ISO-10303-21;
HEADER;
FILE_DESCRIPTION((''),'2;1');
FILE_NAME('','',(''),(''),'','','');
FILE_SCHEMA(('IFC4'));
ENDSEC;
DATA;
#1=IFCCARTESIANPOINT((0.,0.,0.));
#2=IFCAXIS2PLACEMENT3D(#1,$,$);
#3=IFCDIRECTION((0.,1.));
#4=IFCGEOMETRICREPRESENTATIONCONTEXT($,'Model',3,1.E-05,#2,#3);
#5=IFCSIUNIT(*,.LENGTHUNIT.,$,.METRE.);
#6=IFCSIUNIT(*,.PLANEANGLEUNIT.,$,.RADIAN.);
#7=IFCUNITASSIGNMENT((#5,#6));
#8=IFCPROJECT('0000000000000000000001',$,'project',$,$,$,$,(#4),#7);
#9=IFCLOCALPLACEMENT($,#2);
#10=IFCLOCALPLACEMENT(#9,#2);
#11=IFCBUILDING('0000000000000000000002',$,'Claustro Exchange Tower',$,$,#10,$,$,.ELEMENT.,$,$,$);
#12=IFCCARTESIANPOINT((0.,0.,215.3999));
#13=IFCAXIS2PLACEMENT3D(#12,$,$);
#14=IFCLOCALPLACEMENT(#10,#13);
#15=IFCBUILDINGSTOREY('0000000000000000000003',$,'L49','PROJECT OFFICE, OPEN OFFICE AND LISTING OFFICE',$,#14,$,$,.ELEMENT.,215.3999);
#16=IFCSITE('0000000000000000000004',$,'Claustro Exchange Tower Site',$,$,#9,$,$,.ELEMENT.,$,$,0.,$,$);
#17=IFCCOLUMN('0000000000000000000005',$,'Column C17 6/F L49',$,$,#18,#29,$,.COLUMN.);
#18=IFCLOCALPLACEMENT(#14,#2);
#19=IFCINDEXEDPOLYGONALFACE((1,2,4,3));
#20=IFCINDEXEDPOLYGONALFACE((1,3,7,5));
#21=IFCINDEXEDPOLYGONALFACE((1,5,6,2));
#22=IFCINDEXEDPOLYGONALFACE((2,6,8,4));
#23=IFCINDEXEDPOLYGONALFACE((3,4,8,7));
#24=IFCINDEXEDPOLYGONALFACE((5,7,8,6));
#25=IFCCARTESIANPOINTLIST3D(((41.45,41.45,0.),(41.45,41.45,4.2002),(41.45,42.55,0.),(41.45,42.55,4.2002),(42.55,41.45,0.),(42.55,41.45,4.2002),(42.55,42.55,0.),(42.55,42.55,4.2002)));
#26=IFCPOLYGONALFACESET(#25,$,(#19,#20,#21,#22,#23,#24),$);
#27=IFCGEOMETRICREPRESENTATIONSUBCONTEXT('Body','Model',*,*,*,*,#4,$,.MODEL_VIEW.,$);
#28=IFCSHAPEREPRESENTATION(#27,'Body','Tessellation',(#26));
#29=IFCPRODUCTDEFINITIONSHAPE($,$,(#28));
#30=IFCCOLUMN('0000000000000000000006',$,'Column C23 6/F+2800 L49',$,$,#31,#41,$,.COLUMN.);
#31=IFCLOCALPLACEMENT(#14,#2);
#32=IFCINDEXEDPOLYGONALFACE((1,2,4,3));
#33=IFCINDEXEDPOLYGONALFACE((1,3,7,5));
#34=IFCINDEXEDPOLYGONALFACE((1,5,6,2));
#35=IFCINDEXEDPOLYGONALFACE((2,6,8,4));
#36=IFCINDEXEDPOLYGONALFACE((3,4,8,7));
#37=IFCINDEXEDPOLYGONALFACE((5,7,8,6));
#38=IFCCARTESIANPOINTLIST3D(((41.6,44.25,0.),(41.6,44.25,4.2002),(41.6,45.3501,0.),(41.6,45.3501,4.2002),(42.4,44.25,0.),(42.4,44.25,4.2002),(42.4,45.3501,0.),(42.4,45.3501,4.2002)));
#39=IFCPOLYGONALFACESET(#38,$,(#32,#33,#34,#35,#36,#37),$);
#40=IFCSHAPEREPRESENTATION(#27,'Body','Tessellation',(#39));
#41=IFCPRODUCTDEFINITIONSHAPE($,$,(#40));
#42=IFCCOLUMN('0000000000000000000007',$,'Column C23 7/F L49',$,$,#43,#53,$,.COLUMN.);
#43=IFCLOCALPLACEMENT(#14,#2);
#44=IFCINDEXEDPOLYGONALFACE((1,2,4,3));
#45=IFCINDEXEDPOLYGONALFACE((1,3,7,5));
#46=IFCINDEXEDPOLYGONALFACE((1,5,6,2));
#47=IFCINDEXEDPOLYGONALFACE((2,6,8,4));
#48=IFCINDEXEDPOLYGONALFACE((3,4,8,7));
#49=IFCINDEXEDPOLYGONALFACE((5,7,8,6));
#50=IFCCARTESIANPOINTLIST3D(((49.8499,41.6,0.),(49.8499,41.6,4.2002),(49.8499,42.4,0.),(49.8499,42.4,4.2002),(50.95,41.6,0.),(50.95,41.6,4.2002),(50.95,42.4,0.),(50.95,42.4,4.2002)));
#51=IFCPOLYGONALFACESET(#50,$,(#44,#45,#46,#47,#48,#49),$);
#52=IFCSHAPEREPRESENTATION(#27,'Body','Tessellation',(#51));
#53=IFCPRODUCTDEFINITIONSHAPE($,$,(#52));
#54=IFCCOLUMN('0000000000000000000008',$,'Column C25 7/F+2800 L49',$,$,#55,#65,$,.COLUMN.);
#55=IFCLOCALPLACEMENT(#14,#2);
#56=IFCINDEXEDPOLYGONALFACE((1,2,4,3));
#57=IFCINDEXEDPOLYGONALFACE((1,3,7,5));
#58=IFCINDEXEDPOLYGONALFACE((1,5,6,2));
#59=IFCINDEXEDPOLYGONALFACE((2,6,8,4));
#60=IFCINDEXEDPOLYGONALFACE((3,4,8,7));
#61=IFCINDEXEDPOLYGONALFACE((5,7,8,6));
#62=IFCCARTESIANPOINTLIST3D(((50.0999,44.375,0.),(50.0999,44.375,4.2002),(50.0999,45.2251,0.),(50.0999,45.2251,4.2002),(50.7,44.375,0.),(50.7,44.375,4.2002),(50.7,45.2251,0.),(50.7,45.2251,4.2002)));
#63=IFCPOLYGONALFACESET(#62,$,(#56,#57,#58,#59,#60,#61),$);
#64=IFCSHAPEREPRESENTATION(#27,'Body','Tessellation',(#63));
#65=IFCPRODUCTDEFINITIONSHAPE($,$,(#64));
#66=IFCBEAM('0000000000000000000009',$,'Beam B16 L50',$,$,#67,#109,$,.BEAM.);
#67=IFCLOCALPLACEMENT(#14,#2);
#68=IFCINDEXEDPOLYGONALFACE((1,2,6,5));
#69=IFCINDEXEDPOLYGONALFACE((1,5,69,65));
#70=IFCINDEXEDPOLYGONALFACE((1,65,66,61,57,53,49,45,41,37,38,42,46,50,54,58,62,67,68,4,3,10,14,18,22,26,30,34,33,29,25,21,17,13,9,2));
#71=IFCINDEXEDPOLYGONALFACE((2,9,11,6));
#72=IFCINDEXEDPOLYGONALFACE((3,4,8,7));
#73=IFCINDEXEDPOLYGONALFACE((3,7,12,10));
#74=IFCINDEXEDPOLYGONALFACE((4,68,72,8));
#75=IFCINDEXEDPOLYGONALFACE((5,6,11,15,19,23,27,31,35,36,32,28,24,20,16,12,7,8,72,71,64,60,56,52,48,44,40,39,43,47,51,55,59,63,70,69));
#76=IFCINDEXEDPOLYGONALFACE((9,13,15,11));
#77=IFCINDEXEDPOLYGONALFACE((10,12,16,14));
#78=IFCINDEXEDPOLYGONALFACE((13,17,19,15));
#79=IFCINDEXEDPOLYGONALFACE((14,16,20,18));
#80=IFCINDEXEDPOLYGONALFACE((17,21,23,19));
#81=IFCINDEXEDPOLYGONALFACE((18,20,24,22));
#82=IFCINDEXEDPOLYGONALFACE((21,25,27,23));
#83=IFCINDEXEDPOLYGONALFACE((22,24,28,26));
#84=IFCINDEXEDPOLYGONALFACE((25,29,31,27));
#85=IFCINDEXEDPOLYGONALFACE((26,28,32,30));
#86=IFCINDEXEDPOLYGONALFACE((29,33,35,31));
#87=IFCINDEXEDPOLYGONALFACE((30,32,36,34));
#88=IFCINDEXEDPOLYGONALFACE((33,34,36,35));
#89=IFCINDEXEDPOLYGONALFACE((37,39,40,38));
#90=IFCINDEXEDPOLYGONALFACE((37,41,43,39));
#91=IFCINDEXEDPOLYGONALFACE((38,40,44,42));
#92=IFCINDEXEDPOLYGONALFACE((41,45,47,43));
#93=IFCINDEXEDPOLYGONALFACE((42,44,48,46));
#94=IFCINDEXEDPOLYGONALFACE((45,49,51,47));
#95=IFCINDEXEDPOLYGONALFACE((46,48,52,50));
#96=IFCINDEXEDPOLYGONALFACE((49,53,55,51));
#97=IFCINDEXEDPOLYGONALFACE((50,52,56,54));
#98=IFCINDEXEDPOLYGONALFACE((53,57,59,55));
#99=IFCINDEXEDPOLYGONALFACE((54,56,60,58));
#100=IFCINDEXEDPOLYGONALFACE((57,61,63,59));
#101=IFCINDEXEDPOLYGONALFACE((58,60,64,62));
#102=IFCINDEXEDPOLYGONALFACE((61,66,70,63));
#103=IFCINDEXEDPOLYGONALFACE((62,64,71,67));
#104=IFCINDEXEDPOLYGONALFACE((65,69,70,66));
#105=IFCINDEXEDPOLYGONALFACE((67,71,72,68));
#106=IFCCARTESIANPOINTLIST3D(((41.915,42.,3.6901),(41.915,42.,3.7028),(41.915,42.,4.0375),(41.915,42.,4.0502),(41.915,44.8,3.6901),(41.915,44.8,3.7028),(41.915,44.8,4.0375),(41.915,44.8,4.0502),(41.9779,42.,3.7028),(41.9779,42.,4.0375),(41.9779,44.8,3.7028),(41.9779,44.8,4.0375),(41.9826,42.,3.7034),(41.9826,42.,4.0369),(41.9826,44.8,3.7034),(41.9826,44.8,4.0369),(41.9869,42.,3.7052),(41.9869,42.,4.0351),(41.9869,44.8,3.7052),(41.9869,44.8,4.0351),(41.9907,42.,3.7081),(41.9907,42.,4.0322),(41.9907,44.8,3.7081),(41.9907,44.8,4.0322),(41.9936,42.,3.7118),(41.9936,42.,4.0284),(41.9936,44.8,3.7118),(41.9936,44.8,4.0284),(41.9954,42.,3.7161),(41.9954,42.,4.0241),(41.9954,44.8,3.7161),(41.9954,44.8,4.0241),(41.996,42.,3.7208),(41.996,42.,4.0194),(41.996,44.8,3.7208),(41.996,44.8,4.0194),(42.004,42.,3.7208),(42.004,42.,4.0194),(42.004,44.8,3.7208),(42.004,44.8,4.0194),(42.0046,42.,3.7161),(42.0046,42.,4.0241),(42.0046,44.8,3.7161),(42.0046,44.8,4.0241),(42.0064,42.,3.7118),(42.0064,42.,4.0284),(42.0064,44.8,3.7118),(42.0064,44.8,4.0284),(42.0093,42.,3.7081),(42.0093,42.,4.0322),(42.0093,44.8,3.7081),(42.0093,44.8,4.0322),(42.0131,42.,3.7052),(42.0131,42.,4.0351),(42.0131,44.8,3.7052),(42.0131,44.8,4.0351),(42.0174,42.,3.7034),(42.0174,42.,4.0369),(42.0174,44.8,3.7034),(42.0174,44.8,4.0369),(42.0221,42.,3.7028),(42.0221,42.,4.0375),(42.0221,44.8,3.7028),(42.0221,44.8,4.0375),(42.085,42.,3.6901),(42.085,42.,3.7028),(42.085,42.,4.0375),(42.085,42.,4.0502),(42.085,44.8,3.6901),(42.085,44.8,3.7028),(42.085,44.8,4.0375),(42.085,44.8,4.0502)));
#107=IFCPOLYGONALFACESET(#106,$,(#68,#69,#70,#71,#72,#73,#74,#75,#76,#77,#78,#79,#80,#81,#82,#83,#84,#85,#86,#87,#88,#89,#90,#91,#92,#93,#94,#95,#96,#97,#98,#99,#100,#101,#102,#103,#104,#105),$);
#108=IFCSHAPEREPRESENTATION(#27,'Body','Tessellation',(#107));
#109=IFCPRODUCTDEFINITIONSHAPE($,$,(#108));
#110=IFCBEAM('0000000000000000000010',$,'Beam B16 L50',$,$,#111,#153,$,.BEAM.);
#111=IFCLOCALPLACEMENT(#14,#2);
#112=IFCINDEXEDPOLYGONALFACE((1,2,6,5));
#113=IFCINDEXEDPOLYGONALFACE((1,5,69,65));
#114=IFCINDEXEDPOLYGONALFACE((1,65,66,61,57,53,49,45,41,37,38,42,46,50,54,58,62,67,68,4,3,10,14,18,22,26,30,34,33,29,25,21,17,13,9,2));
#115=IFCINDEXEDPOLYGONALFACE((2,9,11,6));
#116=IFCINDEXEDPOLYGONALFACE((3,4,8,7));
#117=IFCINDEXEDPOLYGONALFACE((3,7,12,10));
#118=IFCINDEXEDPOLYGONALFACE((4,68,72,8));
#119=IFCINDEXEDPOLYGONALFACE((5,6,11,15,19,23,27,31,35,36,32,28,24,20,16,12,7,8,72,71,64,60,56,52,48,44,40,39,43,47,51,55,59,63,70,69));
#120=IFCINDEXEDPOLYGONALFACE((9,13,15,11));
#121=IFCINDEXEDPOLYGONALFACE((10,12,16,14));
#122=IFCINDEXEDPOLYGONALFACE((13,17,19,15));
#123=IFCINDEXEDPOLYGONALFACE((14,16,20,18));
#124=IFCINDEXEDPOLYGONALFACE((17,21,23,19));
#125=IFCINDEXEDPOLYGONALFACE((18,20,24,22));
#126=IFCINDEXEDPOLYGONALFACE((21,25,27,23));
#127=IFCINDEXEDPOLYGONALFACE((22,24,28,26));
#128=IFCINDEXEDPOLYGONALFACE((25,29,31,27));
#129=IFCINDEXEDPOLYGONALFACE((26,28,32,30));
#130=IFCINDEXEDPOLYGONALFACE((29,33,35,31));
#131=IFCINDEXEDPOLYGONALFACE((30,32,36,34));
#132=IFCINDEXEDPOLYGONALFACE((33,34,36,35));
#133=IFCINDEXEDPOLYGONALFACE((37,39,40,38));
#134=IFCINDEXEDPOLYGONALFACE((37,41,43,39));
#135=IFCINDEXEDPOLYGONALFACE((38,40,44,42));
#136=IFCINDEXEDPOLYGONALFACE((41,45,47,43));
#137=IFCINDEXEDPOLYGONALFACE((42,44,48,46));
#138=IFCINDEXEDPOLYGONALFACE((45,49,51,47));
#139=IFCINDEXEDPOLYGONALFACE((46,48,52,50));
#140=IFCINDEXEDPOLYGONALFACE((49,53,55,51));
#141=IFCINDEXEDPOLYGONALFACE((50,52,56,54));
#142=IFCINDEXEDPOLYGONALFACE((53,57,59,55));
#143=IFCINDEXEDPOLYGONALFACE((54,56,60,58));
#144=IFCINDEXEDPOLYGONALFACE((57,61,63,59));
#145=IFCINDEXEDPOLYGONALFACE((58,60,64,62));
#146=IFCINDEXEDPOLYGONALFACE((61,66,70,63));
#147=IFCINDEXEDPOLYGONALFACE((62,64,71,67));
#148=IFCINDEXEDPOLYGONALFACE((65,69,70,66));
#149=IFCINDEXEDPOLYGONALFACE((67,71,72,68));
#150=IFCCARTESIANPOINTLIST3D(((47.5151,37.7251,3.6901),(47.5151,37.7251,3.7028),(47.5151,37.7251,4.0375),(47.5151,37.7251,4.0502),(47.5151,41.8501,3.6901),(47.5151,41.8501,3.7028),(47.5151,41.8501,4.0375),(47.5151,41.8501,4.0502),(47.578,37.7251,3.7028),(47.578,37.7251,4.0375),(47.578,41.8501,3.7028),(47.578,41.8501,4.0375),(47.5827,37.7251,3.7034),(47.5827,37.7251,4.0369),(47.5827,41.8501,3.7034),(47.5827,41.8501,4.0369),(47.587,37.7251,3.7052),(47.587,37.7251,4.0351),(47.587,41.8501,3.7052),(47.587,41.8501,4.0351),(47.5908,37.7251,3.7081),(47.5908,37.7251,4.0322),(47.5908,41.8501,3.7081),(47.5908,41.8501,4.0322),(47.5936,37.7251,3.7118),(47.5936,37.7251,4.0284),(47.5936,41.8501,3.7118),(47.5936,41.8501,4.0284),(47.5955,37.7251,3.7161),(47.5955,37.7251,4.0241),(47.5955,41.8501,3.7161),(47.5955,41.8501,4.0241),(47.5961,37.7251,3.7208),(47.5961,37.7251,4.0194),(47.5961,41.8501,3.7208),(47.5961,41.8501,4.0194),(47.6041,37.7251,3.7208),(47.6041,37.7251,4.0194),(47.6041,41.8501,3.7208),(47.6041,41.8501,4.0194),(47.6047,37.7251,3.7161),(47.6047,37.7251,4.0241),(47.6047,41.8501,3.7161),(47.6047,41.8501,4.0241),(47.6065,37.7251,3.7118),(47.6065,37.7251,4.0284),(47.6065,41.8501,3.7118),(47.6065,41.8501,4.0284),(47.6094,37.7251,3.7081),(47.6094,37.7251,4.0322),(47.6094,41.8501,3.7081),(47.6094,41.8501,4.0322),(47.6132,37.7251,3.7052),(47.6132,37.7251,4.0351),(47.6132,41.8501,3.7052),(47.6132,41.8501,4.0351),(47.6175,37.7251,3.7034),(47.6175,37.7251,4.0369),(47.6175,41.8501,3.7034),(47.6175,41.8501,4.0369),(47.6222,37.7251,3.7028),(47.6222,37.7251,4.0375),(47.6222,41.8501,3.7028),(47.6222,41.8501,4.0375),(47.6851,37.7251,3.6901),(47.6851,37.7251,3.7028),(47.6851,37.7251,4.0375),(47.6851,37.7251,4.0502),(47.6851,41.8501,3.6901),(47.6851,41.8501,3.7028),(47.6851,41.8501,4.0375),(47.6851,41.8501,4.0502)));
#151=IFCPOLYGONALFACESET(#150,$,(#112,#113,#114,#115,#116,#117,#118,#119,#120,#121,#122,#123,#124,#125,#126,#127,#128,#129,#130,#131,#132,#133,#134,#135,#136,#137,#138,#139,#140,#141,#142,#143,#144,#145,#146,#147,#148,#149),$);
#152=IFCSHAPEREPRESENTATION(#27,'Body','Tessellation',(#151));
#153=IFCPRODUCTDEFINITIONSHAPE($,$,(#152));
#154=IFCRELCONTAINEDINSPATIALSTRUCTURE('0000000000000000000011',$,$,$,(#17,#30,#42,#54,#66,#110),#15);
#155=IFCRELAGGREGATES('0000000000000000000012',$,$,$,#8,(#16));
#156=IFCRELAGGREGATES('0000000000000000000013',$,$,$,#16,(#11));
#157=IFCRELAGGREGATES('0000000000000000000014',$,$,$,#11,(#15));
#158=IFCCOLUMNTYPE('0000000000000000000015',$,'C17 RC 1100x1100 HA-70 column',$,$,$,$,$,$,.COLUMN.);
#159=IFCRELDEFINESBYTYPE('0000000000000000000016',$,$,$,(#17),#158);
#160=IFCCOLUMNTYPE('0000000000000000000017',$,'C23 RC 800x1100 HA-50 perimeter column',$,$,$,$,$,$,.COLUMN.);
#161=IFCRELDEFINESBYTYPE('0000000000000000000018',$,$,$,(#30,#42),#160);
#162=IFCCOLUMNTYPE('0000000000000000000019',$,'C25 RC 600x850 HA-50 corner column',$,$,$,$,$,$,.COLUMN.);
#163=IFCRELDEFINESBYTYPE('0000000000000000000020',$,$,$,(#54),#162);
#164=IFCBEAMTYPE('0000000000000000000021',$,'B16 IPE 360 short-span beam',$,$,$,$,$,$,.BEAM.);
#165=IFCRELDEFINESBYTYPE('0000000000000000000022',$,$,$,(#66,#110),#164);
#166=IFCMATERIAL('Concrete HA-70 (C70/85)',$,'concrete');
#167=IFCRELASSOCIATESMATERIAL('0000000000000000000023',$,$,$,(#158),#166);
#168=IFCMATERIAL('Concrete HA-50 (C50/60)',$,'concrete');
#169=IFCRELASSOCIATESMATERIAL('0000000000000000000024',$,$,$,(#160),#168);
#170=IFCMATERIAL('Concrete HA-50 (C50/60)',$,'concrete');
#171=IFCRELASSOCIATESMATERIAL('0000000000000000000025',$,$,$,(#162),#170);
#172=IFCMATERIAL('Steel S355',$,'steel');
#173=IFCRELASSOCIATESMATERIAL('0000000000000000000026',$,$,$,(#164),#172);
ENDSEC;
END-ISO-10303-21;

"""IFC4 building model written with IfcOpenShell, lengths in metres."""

from ifc_helpers import new_model, si_unit, direction, frame, origin, origin_2d, place, context, subcontext, project, spatial, rectangle, i_section, extrude, material, material_profile, profile_set, type_object, element, save


model = new_model("IFC4")

# Units and contexts
model_context = context("Model", 3, precision=1e-05, world=origin(), true_north=direction((0.0, 1.0)))
body_context = subcontext(model_context, "Body", "Model", "MODEL_VIEW")
ifc_project = project(units=[si_unit("LENGTHUNIT", "METRE"), si_unit("PLANEANGLEUNIT", "RADIAN")], contexts=[model_context])

# Site, building, storey
site_placement = place(None, origin())
site = spatial("IfcSite", under=ifc_project, at=site_placement, Name="Claustro Exchange Tower Site", CompositionType="ELEMENT", RefElevation=0.0)
building_placement = place(site_placement, origin())
building = spatial("IfcBuilding", under=site, at=building_placement, Name="Claustro Exchange Tower", CompositionType="ELEMENT")
storey_placement = place(building_placement, frame((0.0, 0.0, 215.3999)))
storey = spatial("IfcBuildingStorey", under=building, at=storey_placement, Name="L49", Description="PROJECT OFFICE, OPEN OFFICE AND LISTING OFFICE", CompositionType="ELEMENT", Elevation=215.3999)

# Columns
ifc_material_1 = material(Name="Concrete HA-70 (C70/85)", Category="concrete")
ifc_material_profile_1 = material_profile(ifc_material_1, rectangle(XDim=1.1001, YDim=1.1001, at=origin_2d()), Name="RC 1100x1100")
ifc_profile_set_1 = profile_set([ifc_material_profile_1], Name="Concrete HA-70 (C70/85)")
column_type_1 = type_object("IfcColumnType", Name="C17 RC 1100x1100 HA-70 column", PredefinedType="COLUMN", material=ifc_profile_set_1)
column_1_placement = place(storey_placement, frame((42.0, 42.0, 0.0), z_axis=(0.0, 0.0, 1.0), x_axis=(1.0, 0.0, 0.0)))
element("IfcColumn", 1, at=column_1_placement, inside=storey, type_object=column_type_1, Name="Column C17 6/F L49", PredefinedType="COLUMN", context=body_context, shape_type="SweptSolid", body=[
    extrude(rectangle(XDim=1.1001, YDim=1.1001, at=origin_2d()), origin(), (0.0, 0.0, 1.0), 4.2002),
])
ifc_material_2 = material(Name="Concrete HA-50 (C50/60)", Category="concrete")
ifc_material_profile_2 = material_profile(ifc_material_2, rectangle(XDim=0.8, YDim=1.1001, at=origin_2d()), Name="RC 800x1100")
ifc_profile_set_2 = profile_set([ifc_material_profile_2], Name="Concrete HA-50 (C50/60)")
column_type_2 = type_object("IfcColumnType", Name="C23 RC 800x1100 HA-50 perimeter column", PredefinedType="COLUMN", material=ifc_profile_set_2)
for number, where, z_axis, x_axis, name in (
    (2, (42.0, 44.8, 0.0), (0.0, 0.0, 1.0), (1.0, 0.0, 0.0), "Column C23 6/F+2800 L49"),
    (3, (50.3999, 42.0, 0.0), (0.0, 0.0, 1.0), (0.0, 1.0, 0.0), "Column C23 7/F L49"),
):
    element("IfcColumn", number, at=place(storey_placement, frame(where, z_axis=z_axis, x_axis=x_axis)), inside=storey, type_object=column_type_2, Name=name, PredefinedType="COLUMN", context=body_context, shape_type="SweptSolid", body=[
        extrude(rectangle(XDim=0.8, YDim=1.1001, at=origin_2d()), origin(), (0.0, 0.0, 1.0), 4.2002),
    ])
ifc_material_3 = material(Name="Concrete HA-50 (C50/60)", Category="concrete")
ifc_material_profile_3 = material_profile(ifc_material_3, rectangle(XDim=0.6001, YDim=0.8501, at=origin_2d()), Name="RC 600x850")
ifc_profile_set_3 = profile_set([ifc_material_profile_3], Name="Concrete HA-50 (C50/60)")
column_type_3 = type_object("IfcColumnType", Name="C25 RC 600x850 HA-50 corner column", PredefinedType="COLUMN", material=ifc_profile_set_3)
column_2_placement = place(storey_placement, frame((50.3999, 44.8, 0.0), z_axis=(0.0, 0.0, 1.0), x_axis=(1.0, 0.0, 0.0)))
element("IfcColumn", 4, at=column_2_placement, inside=storey, type_object=column_type_3, Name="Column C25 7/F+2800 L49", PredefinedType="COLUMN", context=body_context, shape_type="SweptSolid", body=[
    extrude(rectangle(XDim=0.6001, YDim=0.8501, at=origin_2d()), origin(), (0.0, 0.0, 1.0), 4.2002),
])

# Beams
ifc_material_4 = material(Name="Steel S355", Category="steel")
ifc_material_profile_4 = material_profile(ifc_material_4, i_section(OverallWidth=0.1699, OverallDepth=0.3601, WebThickness=0.0081, FlangeThickness=0.0127, FilletRadius=0.0181, at=origin_2d()), Name="IPE 360")
ifc_profile_set_4 = profile_set([ifc_material_profile_4], Name="Steel S355")
beam_type_1 = type_object("IfcBeamType", Name="B16 IPE 360 short-span beam", PredefinedType="BEAM", material=ifc_profile_set_4)
beam_1_placement = place(storey_placement, frame((42.0, 42.0, 3.8701), z_axis=(0.0, 1.0, 0.0), x_axis=(-1.0, 0.0, 0.0)))
element("IfcBeam", 5, at=beam_1_placement, inside=storey, type_object=beam_type_1, Name="Beam B16 L50", PredefinedType="BEAM", context=body_context, shape_type="SweptSolid", body=[
    extrude(i_section(OverallWidth=0.1699, OverallDepth=0.3601, WebThickness=0.0081, FlangeThickness=0.0127, FilletRadius=0.0181, at=origin_2d()), origin(), (0.0, 0.0, 1.0), 2.8),
])
beam_2_placement = place(storey_placement, frame((47.6001, 37.7251, 3.8701), z_axis=(0.0, 1.0, 0.0), x_axis=(-1.0, 0.0, 0.0)))
element("IfcBeam", 6, at=beam_2_placement, inside=storey, type_object=beam_type_1, Name="Beam B16 L50", PredefinedType="BEAM", context=body_context, shape_type="SweptSolid", body=[
    extrude(i_section(OverallWidth=0.1699, OverallDepth=0.3601, WebThickness=0.0081, FlangeThickness=0.0127, FilletRadius=0.0181, at=origin_2d()), origin(), (0.0, 0.0, 1.0), 4.125),
])

save(model, "model.ifc")
